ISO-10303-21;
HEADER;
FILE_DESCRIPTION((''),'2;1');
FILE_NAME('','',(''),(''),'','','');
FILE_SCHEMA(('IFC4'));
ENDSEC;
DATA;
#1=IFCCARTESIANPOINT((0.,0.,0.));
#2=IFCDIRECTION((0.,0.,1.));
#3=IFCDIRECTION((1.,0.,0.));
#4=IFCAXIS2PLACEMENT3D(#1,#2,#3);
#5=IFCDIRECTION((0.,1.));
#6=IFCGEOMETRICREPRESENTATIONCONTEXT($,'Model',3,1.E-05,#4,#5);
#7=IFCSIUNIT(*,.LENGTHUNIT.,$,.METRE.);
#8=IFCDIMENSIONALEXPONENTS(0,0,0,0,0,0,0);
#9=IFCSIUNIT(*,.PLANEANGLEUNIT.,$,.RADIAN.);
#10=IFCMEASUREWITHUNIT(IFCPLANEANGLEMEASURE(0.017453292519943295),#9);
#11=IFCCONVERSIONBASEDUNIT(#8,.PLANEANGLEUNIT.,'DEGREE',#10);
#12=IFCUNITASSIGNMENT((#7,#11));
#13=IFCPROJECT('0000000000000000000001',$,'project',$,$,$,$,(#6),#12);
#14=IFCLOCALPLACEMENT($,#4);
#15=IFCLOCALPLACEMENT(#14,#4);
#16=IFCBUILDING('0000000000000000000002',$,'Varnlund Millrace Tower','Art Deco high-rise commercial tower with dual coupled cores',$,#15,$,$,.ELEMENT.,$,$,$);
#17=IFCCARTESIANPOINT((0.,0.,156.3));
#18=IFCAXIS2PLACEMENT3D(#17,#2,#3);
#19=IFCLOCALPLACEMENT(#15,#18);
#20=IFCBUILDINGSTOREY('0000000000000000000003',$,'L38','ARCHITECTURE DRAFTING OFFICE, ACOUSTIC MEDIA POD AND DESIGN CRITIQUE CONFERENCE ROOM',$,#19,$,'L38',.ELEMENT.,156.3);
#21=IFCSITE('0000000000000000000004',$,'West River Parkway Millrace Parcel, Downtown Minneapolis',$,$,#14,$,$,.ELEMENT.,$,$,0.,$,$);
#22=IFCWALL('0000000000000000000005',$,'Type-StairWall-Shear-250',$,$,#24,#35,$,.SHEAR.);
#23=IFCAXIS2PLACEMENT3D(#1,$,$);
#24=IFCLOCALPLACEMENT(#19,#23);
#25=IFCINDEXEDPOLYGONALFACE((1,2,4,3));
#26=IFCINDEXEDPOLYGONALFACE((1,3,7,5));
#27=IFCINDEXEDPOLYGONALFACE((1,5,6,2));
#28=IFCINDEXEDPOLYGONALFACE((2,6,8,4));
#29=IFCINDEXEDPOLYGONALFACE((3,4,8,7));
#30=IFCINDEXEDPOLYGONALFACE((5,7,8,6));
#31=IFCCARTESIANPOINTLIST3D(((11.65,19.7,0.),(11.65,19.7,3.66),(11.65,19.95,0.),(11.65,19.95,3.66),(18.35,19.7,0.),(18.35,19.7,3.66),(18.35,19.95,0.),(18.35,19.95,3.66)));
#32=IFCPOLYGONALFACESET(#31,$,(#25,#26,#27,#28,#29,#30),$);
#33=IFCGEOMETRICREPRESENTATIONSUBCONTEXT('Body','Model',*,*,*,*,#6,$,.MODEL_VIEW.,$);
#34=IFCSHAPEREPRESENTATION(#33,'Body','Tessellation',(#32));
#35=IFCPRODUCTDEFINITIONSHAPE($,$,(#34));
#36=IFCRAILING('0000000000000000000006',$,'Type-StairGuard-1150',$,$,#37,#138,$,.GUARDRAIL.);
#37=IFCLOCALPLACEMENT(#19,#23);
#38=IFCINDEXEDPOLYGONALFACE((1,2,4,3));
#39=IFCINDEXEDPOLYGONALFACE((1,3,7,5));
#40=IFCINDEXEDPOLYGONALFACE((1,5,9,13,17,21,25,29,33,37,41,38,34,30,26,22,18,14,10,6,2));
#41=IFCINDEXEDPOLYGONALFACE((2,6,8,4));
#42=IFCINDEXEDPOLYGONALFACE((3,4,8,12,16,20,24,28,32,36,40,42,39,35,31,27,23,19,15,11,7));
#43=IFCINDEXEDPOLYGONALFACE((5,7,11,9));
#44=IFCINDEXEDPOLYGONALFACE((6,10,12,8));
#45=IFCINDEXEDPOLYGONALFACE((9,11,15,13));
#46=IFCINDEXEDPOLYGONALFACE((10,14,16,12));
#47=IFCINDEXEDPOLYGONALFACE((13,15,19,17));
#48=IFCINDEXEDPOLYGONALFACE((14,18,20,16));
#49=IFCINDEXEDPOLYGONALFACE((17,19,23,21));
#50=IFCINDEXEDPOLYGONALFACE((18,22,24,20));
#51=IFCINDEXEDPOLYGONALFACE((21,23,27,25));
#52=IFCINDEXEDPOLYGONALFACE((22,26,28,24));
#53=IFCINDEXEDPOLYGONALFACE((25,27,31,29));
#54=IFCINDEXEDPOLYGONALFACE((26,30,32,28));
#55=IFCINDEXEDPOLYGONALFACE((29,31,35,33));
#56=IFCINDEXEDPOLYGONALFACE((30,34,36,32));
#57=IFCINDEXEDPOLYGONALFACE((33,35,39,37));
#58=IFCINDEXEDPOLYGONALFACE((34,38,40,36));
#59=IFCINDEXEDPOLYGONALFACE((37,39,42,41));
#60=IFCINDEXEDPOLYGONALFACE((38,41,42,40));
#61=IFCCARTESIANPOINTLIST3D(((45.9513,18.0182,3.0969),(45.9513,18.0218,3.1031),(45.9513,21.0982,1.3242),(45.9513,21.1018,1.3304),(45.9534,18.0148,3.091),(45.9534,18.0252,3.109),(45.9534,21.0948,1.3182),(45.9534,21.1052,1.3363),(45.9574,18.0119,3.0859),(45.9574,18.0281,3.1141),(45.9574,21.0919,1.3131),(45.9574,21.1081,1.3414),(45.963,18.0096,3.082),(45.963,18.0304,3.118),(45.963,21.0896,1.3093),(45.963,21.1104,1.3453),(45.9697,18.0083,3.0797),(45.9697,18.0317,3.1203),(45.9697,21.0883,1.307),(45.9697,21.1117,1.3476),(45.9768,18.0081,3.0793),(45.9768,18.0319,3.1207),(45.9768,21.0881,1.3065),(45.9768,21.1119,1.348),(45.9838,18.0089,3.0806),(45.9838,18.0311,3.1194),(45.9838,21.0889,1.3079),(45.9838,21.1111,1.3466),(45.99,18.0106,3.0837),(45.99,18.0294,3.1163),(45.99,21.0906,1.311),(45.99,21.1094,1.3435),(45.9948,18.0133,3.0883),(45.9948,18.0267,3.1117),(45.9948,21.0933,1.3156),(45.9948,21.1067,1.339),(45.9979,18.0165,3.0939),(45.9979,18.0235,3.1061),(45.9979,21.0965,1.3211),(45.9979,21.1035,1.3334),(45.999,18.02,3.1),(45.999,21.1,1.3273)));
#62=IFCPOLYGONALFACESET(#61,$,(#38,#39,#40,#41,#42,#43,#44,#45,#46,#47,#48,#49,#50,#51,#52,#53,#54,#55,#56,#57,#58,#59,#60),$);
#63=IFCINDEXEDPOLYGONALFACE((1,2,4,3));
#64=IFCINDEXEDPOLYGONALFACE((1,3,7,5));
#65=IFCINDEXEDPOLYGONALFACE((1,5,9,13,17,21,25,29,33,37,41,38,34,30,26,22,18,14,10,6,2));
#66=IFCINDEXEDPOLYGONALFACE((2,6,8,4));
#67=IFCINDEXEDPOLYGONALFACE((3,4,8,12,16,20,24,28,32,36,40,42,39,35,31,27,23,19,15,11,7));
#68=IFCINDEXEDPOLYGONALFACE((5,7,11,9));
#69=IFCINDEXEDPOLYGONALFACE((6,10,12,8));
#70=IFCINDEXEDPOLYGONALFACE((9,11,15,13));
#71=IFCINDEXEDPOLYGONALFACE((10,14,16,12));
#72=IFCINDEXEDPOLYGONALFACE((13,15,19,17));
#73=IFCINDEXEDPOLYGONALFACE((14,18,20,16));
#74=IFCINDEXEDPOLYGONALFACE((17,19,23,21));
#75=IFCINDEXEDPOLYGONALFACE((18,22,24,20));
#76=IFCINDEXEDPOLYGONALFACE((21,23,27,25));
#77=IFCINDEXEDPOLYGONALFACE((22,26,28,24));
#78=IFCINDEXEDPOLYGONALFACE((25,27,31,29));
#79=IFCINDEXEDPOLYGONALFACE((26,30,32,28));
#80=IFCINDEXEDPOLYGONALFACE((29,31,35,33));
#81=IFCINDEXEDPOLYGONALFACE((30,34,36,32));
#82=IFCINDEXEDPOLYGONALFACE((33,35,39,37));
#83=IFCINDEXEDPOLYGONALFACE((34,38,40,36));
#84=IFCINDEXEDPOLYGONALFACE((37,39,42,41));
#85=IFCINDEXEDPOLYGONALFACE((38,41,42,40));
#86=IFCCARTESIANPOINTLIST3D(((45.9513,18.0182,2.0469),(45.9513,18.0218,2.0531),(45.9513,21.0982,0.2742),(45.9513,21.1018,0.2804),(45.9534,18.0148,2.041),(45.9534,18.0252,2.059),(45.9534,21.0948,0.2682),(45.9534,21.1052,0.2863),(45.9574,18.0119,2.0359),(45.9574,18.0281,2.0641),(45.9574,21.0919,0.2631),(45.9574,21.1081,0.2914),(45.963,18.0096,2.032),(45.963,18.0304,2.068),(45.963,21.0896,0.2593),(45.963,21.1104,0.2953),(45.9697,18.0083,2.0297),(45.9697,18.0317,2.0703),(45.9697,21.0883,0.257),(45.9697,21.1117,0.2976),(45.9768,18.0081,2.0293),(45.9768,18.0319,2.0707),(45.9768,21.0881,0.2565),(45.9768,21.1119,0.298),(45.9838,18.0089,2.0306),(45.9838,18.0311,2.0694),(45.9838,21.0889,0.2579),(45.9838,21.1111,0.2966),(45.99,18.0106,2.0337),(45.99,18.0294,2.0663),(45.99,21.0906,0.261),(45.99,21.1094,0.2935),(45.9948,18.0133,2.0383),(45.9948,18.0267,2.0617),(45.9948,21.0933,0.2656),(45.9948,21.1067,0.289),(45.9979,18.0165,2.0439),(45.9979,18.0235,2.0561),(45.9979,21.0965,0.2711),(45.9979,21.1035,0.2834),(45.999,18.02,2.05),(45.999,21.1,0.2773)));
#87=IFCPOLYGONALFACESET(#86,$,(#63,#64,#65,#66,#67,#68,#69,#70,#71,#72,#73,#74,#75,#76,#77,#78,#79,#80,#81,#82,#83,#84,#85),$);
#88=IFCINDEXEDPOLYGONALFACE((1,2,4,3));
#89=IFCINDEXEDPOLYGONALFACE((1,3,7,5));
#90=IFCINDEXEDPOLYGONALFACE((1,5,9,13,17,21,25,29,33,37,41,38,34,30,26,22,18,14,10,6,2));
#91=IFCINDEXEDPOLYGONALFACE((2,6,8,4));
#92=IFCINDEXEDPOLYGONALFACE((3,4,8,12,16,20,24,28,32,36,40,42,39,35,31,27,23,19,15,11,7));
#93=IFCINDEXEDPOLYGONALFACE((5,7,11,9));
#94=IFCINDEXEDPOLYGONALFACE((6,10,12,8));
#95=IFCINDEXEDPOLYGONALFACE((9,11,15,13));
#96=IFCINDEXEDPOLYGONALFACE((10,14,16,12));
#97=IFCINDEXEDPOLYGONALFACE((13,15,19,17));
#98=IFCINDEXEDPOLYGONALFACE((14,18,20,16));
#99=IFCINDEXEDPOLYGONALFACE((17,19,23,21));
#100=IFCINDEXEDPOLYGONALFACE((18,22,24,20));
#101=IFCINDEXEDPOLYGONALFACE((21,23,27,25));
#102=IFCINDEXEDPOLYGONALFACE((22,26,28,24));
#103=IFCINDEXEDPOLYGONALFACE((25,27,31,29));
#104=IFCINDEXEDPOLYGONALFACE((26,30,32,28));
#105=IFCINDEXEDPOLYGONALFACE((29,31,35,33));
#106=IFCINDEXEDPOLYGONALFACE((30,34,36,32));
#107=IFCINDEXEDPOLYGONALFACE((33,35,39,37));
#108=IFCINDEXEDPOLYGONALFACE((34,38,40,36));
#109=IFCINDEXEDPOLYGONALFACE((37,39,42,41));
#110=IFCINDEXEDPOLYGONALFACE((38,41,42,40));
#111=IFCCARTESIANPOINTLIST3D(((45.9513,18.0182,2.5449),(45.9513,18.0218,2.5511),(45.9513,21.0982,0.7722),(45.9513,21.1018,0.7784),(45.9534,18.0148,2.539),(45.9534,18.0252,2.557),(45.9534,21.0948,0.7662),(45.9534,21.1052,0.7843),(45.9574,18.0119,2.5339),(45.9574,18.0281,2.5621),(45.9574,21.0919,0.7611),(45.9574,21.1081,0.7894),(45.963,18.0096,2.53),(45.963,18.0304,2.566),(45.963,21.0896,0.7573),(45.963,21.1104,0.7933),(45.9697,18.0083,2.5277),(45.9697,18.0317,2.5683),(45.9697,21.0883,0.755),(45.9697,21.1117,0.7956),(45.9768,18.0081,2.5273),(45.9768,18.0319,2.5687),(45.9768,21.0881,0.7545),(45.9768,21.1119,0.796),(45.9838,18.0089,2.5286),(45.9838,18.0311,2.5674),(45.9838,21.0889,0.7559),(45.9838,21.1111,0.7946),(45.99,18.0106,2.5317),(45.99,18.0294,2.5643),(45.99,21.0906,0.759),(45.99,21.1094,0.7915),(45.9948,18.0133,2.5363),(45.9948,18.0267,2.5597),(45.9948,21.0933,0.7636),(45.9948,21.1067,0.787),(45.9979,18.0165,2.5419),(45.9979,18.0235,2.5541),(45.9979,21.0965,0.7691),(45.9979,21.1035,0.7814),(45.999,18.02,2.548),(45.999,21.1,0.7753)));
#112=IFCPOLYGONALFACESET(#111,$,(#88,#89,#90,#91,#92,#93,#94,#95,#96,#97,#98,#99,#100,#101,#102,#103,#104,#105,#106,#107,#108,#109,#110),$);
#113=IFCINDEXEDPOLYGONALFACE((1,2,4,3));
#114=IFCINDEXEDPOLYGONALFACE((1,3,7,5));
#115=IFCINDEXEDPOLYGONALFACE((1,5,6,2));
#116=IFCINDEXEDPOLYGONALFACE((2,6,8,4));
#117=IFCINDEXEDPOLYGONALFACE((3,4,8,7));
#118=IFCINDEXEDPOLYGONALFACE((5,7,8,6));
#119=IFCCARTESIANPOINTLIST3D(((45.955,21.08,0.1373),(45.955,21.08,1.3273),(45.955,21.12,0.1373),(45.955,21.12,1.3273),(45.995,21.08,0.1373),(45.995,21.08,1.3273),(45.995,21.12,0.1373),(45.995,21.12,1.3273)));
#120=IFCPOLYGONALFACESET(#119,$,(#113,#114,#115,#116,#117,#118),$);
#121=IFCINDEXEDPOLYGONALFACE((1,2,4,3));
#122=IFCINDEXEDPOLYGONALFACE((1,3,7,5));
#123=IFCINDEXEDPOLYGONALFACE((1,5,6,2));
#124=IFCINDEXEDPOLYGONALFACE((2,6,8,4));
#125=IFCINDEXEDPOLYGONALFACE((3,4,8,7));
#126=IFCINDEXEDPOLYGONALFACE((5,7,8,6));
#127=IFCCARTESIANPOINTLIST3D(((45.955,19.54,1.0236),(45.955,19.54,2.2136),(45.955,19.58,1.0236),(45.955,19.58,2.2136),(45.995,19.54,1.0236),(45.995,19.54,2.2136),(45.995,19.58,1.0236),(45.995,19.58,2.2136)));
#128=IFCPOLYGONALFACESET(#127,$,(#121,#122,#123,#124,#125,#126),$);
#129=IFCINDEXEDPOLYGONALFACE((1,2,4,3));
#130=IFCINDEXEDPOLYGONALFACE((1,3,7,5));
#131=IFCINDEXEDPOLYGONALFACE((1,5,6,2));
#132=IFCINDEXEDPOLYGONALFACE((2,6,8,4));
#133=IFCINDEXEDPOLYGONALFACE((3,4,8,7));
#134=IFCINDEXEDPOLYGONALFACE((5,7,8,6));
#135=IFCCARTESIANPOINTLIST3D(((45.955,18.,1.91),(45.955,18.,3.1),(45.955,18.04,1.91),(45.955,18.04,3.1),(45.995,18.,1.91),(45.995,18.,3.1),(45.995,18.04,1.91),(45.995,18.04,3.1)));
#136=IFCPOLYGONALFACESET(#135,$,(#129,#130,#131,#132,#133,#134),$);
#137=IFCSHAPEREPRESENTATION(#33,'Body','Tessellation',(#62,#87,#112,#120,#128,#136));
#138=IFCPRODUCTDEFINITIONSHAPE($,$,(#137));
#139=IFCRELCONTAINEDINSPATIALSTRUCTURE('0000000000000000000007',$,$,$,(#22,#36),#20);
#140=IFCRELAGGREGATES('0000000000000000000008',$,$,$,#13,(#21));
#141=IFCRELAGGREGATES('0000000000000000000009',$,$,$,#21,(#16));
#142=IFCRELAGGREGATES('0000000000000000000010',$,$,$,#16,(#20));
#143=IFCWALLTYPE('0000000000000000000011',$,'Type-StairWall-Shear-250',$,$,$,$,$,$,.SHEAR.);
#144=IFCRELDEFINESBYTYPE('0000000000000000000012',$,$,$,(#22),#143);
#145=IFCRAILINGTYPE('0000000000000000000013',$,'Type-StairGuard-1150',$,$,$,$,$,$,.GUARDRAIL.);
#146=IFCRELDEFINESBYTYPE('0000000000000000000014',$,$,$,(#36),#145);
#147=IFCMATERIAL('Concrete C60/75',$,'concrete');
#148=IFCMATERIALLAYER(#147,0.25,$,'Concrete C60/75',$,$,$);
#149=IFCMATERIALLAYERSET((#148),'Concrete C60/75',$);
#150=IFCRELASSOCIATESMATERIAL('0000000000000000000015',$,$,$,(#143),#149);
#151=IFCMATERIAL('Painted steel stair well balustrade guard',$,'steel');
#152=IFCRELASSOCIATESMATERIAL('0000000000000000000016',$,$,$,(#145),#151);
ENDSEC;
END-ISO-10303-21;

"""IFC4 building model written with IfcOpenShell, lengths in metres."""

from ifc_helpers import new_model, entity, si_unit, converted_unit, direction, frame, origin_with_axes, origin_2d_with_axis, place, context, subcontext, project, spatial, polyline, rectangle, circle, outline, extrude, material, layer, layer_set, type_object, element, save


model = new_model("IFC4")

# Units and contexts
model_context = context("Model", 3, precision=1e-05, world=origin_with_axes(), true_north=direction((0.0, 1.0)))
body_context = subcontext(model_context, "Body", "Model", "MODEL_VIEW")
ifc_project = project(units=[si_unit("LENGTHUNIT", "METRE"), converted_unit("PLANEANGLEUNIT", "DEGREE", entity("IfcPlaneAngleMeasure", 0.017453292519943295), si_unit("PLANEANGLEUNIT", "RADIAN"), dimensions=[0, 0, 0, 0, 0, 0, 0])], contexts=[model_context])

# Site, building, storey
site_placement = place(None, origin_with_axes())
site = spatial("IfcSite", under=ifc_project, at=site_placement, Name="West River Parkway Millrace Parcel, Downtown Minneapolis", CompositionType="ELEMENT", RefElevation=0.0)
building_placement = place(site_placement, origin_with_axes())
building = spatial("IfcBuilding", under=site, at=building_placement, Name="Varnlund Millrace Tower", Description="Art Deco high-rise commercial tower with dual coupled cores", CompositionType="ELEMENT")
storey_placement = place(building_placement, frame((0.0, 0.0, 156.3), z_axis=(0.0, 0.0, 1.0), x_axis=(1.0, 0.0, 0.0)))
storey = spatial("IfcBuildingStorey", under=building, at=storey_placement, Name="L38", Description="ARCHITECTURE DRAFTING OFFICE, ACOUSTIC MEDIA POD AND DESIGN CRITIQUE CONFERENCE ROOM", LongName="L38", CompositionType="ELEMENT", Elevation=156.3)

# Shared definitions
ifc_material_1 = material(Name="Concrete C60/75", Category="concrete")

# Wall
ifc_layer_1 = layer(ifc_material_1, 0.25, Name="Concrete C60/75")
ifc_layer_set_1 = layer_set([ifc_layer_1], Name="Concrete C60/75")
wall_type_1 = type_object("IfcWallType", Name="Type-StairWall-Shear-250", PredefinedType="SHEAR", material=ifc_layer_set_1)
wall_1_placement = place(storey_placement, frame((11.65, 19.825, 0.0), z_axis=(0.0, 0.0, 1.0), x_axis=(1.0, 0.0, 0.0)))
element("IfcWall", 1, at=wall_1_placement, inside=storey, type_object=wall_type_1, Name="Type-StairWall-Shear-250", PredefinedType="SHEAR", context=body_context, shape_type="SweptSolid", body=[
    extrude(outline(polyline([(0.0, -0.125), (6.7, -0.125), (6.7, 0.125), (0.0, 0.125), (0.0, -0.125)])), origin_with_axes(), (0.0, 0.0, 1.0), 3.66),
])

# Railing
ifc_material_2 = material(Name="Painted steel stair well balustrade guard", Category="steel")
railing_type_1 = type_object("IfcRailingType", Name="Type-StairGuard-1150", PredefinedType="GUARDRAIL", material=ifc_material_2)
railing_1_placement = place(storey_placement, frame((0.0, 0.0, -156.3), z_axis=(0.0, 0.0, 1.0), x_axis=(1.0, 0.0, 0.0)))
element("IfcRailing", 2, at=railing_1_placement, inside=storey, type_object=railing_type_1, Name="Type-StairGuard-1150", PredefinedType="GUARDRAIL", context=body_context, shape_type="SweptSolid", body=[
    extrude(circle(Radius=0.024, at=origin_2d_with_axis()), frame((45.975, 21.1, 157.6273), z_axis=(0.0, -0.866696, 0.498836), x_axis=(1.0, 0.0, 0.0)), (0.0, 0.0, 1.0), 3.5537),
    extrude(circle(Radius=0.024, at=origin_2d_with_axis()), frame((45.975, 21.1, 156.5773), z_axis=(0.0, -0.866696, 0.498836), x_axis=(1.0, 0.0, 0.0)), (0.0, 0.0, 1.0), 3.5537),
    extrude(circle(Radius=0.024, at=origin_2d_with_axis()), frame((45.975, 21.1, 157.0753), z_axis=(0.0, -0.866696, 0.498836), x_axis=(1.0, 0.0, 0.0)), (0.0, 0.0, 1.0), 3.5537),
    extrude(rectangle(XDim=0.04, YDim=0.04, at=origin_2d_with_axis()), frame((45.975, 21.1, 156.4373), z_axis=(0.0, 0.0, 1.0), x_axis=(1.0, 0.0, 0.0)), (0.0, 0.0, 1.0), 1.19),
    extrude(rectangle(XDim=0.04, YDim=0.04, at=origin_2d_with_axis()), frame((45.975, 19.56, 157.3236), z_axis=(0.0, 0.0, 1.0), x_axis=(1.0, 0.0, 0.0)), (0.0, 0.0, 1.0), 1.19),
    extrude(rectangle(XDim=0.04, YDim=0.04, at=origin_2d_with_axis()), frame((45.975, 18.02, 158.21), z_axis=(0.0, 0.0, 1.0), x_axis=(1.0, 0.0, 0.0)), (0.0, 0.0, 1.0), 1.19),
])

save(model, "model.ifc")
